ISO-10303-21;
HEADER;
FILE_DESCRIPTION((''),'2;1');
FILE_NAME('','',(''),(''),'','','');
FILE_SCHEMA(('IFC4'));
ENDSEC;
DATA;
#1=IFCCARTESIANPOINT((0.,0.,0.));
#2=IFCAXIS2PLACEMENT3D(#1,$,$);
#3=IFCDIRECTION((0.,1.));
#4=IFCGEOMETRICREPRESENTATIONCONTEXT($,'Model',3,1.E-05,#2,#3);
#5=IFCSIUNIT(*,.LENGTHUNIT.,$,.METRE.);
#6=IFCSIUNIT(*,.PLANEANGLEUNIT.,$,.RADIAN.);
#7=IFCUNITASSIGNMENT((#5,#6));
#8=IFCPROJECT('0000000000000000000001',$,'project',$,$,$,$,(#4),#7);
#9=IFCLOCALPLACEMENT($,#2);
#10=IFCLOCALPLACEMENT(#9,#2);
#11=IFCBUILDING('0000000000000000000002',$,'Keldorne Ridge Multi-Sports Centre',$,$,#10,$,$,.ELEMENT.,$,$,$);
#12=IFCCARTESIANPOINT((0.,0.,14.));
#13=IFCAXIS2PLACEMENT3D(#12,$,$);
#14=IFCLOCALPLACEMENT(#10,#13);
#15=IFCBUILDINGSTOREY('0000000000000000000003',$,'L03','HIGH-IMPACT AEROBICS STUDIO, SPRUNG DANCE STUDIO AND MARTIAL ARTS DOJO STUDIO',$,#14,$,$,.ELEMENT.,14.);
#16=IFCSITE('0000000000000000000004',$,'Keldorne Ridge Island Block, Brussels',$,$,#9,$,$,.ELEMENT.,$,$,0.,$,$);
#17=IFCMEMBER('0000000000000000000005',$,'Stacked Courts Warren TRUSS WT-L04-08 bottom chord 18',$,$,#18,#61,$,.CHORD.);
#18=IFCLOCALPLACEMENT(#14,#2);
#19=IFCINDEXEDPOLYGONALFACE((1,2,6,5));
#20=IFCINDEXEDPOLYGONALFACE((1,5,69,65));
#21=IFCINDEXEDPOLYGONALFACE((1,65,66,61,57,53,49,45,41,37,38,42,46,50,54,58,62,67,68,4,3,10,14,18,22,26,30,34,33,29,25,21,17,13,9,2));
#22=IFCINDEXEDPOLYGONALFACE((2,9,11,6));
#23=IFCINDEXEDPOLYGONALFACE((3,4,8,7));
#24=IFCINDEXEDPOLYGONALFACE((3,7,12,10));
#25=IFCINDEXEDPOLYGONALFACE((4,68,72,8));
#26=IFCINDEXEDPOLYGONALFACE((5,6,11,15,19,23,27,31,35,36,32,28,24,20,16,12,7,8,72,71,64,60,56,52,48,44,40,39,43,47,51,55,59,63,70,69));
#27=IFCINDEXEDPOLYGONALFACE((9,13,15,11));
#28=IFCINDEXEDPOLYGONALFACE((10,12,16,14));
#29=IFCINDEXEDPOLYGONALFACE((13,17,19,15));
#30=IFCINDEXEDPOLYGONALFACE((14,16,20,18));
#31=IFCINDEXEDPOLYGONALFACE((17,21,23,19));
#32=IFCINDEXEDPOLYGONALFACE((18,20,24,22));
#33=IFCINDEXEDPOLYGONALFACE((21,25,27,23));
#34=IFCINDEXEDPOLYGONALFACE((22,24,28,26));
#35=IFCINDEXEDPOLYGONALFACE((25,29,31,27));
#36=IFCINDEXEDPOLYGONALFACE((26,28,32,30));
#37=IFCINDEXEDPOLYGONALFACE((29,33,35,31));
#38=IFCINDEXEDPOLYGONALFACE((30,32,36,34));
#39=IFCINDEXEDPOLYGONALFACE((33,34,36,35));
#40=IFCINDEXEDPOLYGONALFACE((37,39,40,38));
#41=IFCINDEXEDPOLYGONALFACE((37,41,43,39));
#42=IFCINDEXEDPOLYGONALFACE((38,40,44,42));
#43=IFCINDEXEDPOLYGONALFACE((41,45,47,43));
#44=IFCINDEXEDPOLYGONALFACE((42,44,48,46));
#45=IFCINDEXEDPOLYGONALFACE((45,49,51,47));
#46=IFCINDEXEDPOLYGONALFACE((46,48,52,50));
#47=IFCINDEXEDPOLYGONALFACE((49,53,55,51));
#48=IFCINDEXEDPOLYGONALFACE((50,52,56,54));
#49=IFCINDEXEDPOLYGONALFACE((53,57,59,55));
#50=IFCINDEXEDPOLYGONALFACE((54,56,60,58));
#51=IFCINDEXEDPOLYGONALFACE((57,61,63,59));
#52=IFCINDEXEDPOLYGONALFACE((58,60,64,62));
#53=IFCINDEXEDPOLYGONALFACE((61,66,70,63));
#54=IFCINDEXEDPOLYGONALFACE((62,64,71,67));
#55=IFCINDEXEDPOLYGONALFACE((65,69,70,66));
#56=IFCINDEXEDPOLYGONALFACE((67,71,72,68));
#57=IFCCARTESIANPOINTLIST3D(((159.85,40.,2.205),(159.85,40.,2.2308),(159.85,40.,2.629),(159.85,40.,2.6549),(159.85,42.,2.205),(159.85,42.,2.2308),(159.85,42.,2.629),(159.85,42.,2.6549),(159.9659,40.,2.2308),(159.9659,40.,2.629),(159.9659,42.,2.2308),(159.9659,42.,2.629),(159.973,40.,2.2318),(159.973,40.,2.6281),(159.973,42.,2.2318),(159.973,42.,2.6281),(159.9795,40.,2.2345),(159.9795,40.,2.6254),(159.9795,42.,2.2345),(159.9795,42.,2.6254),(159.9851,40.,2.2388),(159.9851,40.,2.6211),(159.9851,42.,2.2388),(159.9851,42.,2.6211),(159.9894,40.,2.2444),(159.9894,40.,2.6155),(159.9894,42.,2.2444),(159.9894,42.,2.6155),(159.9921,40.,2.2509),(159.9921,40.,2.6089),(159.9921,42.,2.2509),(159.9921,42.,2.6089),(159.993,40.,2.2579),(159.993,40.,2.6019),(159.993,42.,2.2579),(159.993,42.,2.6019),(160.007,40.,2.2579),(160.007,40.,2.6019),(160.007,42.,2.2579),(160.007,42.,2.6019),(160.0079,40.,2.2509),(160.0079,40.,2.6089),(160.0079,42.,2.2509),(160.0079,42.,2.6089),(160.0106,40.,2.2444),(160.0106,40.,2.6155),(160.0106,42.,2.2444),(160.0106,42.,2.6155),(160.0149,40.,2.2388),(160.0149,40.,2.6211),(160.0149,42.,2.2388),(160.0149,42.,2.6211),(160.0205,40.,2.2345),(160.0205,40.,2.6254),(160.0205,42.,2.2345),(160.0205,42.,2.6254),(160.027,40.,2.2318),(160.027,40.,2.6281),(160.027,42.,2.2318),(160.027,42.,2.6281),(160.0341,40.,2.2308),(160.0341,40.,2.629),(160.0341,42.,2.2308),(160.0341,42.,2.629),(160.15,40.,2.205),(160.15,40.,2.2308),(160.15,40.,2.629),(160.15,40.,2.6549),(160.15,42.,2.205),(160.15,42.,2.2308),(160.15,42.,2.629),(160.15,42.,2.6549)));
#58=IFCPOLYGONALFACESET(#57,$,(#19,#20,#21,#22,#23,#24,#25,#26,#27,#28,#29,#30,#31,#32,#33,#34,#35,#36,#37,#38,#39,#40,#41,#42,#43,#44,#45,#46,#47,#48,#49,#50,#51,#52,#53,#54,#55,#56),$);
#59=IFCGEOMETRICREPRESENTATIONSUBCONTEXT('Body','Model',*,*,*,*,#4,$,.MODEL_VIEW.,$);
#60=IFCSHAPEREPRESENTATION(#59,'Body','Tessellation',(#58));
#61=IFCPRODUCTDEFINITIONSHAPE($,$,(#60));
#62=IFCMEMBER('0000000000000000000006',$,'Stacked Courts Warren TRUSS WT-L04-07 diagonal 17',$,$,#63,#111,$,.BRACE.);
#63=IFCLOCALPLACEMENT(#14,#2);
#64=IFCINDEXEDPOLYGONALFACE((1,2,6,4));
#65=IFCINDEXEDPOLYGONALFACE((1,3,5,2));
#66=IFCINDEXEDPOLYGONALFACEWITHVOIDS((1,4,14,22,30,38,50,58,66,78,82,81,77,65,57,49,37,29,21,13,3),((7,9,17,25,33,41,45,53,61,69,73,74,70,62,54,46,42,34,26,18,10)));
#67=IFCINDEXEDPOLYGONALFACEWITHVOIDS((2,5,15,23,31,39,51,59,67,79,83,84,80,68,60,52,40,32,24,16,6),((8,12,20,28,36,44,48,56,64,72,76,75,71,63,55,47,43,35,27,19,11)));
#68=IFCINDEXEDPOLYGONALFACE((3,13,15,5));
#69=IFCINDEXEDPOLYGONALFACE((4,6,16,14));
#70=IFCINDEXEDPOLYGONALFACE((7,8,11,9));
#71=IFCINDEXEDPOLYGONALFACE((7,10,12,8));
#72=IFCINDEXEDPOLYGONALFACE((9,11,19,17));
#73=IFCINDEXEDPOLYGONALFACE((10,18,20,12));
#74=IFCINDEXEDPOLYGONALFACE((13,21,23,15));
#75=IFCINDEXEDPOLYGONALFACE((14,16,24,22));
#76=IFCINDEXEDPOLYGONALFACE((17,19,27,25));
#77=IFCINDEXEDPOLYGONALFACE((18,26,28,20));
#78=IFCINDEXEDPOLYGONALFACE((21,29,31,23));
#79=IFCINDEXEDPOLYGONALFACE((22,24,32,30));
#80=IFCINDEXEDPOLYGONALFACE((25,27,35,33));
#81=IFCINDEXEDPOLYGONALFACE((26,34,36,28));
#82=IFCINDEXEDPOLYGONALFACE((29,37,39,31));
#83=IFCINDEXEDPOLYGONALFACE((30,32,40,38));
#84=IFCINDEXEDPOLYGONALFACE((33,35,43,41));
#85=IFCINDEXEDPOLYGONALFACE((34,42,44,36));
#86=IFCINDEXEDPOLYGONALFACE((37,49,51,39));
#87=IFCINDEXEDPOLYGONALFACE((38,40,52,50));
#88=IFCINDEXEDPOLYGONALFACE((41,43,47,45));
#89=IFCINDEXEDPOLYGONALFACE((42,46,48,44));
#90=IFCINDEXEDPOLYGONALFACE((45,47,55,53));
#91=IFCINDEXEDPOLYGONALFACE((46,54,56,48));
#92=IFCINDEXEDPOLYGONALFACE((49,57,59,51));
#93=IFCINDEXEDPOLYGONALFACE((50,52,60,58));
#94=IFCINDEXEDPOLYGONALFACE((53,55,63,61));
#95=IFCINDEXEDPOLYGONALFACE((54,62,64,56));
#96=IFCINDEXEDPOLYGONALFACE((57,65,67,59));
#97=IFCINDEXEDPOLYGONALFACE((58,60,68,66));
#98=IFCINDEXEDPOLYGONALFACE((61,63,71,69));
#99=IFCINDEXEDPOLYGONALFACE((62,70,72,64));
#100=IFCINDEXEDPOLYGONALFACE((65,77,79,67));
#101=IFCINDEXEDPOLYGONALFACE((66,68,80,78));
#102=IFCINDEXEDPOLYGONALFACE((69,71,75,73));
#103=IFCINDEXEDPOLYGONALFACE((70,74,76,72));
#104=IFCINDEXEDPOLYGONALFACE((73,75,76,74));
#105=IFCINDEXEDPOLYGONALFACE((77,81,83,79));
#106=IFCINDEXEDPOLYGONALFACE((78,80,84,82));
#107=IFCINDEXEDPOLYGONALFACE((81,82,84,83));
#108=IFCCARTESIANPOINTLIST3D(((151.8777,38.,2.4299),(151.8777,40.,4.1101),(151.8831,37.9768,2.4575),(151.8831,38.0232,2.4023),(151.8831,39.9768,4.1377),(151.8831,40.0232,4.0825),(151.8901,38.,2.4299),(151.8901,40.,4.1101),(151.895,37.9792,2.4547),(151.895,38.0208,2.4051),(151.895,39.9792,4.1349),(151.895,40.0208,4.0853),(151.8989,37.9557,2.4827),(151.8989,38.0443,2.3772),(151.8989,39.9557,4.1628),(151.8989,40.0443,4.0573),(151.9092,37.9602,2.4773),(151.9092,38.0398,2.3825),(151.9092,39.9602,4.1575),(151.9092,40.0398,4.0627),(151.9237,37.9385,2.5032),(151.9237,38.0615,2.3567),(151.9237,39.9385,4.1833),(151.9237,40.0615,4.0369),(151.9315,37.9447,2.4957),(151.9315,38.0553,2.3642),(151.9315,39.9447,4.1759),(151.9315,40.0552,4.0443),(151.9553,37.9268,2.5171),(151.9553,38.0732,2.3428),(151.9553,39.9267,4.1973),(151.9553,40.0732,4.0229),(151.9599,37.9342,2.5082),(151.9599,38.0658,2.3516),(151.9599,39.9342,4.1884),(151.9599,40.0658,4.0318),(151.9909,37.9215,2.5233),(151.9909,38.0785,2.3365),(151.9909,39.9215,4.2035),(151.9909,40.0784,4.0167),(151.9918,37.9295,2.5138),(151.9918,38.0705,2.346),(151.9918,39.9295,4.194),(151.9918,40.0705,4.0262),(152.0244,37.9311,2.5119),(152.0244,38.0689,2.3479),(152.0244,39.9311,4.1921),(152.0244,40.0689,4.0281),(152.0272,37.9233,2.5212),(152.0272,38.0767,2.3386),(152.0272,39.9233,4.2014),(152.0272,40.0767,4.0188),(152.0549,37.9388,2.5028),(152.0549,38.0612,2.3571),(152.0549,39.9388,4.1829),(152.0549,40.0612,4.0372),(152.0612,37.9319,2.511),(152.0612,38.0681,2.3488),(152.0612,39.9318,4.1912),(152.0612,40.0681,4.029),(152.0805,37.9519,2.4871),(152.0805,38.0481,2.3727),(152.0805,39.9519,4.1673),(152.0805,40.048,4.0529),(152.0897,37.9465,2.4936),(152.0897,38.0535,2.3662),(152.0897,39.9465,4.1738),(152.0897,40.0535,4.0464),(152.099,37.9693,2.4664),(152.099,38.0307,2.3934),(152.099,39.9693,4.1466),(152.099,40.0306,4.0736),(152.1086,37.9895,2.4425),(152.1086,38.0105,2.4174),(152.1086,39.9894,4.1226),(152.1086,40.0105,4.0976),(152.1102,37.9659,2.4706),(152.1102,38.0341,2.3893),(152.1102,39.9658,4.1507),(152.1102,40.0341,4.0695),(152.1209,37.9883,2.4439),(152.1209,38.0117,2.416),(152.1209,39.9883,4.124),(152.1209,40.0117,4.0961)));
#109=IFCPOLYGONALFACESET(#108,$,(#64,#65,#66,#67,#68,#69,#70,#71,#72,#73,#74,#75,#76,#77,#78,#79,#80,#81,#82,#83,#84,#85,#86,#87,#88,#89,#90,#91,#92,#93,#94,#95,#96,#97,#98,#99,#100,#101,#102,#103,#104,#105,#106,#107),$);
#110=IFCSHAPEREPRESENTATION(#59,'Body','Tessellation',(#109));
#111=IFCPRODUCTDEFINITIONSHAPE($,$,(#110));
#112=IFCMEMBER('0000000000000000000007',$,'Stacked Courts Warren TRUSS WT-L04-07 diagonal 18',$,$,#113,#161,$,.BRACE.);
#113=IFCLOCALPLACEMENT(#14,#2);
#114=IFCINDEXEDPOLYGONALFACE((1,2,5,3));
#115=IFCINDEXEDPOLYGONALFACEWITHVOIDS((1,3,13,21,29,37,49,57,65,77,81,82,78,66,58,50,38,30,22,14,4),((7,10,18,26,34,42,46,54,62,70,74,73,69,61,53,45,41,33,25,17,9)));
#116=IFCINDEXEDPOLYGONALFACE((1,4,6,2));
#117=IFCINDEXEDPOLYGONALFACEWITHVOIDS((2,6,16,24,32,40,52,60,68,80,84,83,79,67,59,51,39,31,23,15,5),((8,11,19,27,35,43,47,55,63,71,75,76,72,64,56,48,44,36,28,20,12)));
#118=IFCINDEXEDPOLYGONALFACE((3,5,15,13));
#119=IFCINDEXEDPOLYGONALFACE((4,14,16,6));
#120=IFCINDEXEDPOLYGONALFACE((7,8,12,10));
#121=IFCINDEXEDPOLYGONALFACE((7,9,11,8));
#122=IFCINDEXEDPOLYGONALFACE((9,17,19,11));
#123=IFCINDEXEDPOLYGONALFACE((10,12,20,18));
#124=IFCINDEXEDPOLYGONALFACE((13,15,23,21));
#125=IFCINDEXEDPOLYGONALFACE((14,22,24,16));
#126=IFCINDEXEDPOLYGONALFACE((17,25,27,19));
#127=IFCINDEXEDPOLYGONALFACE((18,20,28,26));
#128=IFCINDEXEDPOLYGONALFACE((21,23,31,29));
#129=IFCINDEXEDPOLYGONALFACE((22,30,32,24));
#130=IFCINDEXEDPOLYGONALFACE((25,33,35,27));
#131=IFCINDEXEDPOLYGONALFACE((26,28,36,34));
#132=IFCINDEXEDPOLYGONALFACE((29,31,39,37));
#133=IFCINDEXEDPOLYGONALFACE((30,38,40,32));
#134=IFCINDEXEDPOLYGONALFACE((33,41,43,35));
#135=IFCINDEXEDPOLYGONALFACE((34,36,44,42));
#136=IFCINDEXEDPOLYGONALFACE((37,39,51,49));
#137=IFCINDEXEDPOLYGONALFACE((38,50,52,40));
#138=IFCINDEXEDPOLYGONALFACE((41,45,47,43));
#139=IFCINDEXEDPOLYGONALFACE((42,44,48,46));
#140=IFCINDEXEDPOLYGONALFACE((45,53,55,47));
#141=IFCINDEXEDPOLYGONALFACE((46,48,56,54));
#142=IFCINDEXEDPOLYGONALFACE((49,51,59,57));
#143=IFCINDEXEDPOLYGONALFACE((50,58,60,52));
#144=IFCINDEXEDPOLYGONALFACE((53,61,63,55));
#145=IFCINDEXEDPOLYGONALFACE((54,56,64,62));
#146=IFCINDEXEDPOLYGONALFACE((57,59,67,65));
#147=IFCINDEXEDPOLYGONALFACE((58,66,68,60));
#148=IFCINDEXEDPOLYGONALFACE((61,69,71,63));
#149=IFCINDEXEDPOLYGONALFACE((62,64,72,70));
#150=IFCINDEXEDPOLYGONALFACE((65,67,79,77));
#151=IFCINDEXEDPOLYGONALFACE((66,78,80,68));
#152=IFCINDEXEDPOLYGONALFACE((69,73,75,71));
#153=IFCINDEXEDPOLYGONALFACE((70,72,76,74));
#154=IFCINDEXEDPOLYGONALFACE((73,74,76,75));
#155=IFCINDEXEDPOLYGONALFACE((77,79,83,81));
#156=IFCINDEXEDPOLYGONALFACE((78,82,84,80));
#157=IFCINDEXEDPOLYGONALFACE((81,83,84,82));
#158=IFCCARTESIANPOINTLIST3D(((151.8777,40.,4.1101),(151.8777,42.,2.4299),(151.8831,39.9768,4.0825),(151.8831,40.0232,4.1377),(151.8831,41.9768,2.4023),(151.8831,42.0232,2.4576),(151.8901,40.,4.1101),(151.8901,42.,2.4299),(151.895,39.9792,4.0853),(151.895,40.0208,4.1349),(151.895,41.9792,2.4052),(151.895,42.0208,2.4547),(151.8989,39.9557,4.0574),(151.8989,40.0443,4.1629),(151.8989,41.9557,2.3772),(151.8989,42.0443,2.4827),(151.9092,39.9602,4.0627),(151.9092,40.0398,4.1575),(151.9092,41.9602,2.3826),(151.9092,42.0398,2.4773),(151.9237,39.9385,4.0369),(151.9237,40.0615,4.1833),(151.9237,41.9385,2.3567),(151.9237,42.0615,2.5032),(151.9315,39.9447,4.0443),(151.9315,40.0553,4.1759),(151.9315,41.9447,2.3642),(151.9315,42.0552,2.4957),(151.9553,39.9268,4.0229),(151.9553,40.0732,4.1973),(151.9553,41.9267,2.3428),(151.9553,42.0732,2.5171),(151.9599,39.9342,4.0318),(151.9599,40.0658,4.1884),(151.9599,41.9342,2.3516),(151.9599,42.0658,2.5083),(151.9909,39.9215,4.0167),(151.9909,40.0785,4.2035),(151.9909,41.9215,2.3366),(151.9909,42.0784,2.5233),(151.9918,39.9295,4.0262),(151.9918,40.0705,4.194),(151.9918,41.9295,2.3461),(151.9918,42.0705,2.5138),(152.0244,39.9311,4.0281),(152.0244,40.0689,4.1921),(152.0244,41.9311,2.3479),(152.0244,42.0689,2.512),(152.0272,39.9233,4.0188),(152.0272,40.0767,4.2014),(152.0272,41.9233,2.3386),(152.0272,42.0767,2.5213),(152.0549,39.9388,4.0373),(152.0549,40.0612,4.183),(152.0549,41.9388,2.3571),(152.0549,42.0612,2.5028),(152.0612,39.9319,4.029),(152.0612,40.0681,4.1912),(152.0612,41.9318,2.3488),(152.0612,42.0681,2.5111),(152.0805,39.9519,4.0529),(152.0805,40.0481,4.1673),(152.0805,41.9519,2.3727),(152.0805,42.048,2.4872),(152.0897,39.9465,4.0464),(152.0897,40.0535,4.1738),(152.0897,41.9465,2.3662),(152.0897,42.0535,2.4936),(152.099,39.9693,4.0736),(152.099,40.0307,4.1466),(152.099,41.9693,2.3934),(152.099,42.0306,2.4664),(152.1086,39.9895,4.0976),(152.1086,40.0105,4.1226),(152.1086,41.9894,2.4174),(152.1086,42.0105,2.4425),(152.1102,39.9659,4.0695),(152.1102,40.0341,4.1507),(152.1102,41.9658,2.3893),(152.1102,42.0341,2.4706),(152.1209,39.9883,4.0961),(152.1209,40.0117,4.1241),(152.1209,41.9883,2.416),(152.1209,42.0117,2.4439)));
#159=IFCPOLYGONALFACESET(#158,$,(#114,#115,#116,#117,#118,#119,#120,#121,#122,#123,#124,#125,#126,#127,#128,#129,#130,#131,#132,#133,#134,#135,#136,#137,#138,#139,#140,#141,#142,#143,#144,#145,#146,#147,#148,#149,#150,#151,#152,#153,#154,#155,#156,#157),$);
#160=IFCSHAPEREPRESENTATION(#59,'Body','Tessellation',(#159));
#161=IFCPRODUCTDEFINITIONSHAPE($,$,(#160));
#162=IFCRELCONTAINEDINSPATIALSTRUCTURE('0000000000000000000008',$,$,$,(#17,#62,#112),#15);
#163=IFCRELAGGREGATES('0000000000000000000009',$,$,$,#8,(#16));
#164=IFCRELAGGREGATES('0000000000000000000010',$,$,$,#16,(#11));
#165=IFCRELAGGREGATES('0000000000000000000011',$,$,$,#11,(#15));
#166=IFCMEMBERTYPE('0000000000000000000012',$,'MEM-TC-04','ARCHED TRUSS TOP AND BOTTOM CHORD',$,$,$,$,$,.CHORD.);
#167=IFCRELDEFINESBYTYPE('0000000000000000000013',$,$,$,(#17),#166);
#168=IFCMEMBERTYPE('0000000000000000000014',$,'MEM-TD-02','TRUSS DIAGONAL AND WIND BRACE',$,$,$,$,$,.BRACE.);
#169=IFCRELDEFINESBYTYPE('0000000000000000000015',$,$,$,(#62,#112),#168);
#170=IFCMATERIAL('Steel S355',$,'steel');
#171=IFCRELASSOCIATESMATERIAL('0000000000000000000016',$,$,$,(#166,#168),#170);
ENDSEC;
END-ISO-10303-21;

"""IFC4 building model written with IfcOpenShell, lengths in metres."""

from ifc_helpers import new_model, si_unit, direction, frame, origin, origin_2d, place, context, subcontext, project, spatial, hollow_circle, i_section, extrude, material, material_profile, profile_set, type_object, element, save


model = new_model("IFC4")

# Units and contexts
model_context = context("Model", 3, precision=1e-05, world=origin(), true_north=direction((0.0, 1.0)))
body_context = subcontext(model_context, "Body", "Model", "MODEL_VIEW")
ifc_project = project(units=[si_unit("LENGTHUNIT", "METRE"), si_unit("PLANEANGLEUNIT", "RADIAN")], contexts=[model_context])

# Site, building, storey
site_placement = place(None, origin())
site = spatial("IfcSite", under=ifc_project, at=site_placement, Name="Keldorne Ridge Island Block, Brussels", CompositionType="ELEMENT", RefElevation=0.0)
building_placement = place(site_placement, origin())
building = spatial("IfcBuilding", under=site, at=building_placement, Name="Keldorne Ridge Multi-Sports Centre", CompositionType="ELEMENT")
storey_placement = place(building_placement, frame((0.0, 0.0, 14.0)))
storey = spatial("IfcBuildingStorey", under=building, at=storey_placement, Name="L03", Description="HIGH-IMPACT AEROBICS STUDIO, SPRUNG DANCE STUDIO AND MARTIAL ARTS DOJO STUDIO", CompositionType="ELEMENT", Elevation=14.0)

# Members
ifc_material = material(Name="Steel S355", Category="steel")
ifc_material_profile_1 = material_profile(ifc_material, i_section(OverallWidth=0.3, OverallDepth=0.45, WebThickness=0.0139, FlangeThickness=0.0259, FilletRadius=0.0271, at=origin_2d()), Name="HEB 450")
ifc_profile_set_1 = profile_set([ifc_material_profile_1], Name="Steel S355")
member_type_1 = type_object("IfcMemberType", Name="MEM-TC-04", Description="ARCHED TRUSS TOP AND BOTTOM CHORD", PredefinedType="CHORD", material=ifc_profile_set_1)
for number, where, z_axis, x_axis, name in (
    (1, (160.0, 40.0, 2.4299), (0.0, 1.0, 0.0), (-1.0, 0.0, 0.0), "Stacked Courts Warren TRUSS WT-L04-08 bottom chord 18"),
):
    element("IfcMember", number, at=place(storey_placement, frame(where, z_axis=z_axis, x_axis=x_axis)), inside=storey, type_object=member_type_1, Name=name, PredefinedType="CHORD", context=body_context, shape_type="SweptSolid", body=[
        extrude(i_section(OverallWidth=0.3, OverallDepth=0.45, WebThickness=0.0139, FlangeThickness=0.0259, FilletRadius=0.0271, at=origin_2d()), origin(), (0.0, 0.0, 1.0), 2.0),
    ])
ifc_material_profile_2 = material_profile(ifc_material, hollow_circle(Radius=0.1223, WallThickness=0.0125, at=origin_2d()), Name="CHS 244.5x12.5")
ifc_profile_set_2 = profile_set([ifc_material_profile_2], Name="Steel S355")
member_type_2 = type_object("IfcMemberType", Name="MEM-TD-02", Description="TRUSS DIAGONAL AND WIND BRACE", PredefinedType="BRACE", material=ifc_profile_set_2)
for number, where, z_axis, x_axis, name in (
    (2, (152.0, 38.0, 2.4299), (0.0, 0.765672, 0.643232), (-1.0, 0.0, 0.0), "Stacked Courts Warren TRUSS WT-L04-07 diagonal 17"),
    (3, (152.0, 40.0, 4.1101), (0.0, 0.765672, -0.643232), (-1.0, 0.0, 0.0), "Stacked Courts Warren TRUSS WT-L04-07 diagonal 18"),
):
    element("IfcMember", number, at=place(storey_placement, frame(where, z_axis=z_axis, x_axis=x_axis)), inside=storey, type_object=member_type_2, Name=name, PredefinedType="BRACE", context=body_context, shape_type="SweptSolid", body=[
        extrude(hollow_circle(Radius=0.1223, WallThickness=0.0125, at=origin_2d()), origin(), (0.0, 0.0, 1.0), 2.6121),
    ])

save(model, "model.ifc")
